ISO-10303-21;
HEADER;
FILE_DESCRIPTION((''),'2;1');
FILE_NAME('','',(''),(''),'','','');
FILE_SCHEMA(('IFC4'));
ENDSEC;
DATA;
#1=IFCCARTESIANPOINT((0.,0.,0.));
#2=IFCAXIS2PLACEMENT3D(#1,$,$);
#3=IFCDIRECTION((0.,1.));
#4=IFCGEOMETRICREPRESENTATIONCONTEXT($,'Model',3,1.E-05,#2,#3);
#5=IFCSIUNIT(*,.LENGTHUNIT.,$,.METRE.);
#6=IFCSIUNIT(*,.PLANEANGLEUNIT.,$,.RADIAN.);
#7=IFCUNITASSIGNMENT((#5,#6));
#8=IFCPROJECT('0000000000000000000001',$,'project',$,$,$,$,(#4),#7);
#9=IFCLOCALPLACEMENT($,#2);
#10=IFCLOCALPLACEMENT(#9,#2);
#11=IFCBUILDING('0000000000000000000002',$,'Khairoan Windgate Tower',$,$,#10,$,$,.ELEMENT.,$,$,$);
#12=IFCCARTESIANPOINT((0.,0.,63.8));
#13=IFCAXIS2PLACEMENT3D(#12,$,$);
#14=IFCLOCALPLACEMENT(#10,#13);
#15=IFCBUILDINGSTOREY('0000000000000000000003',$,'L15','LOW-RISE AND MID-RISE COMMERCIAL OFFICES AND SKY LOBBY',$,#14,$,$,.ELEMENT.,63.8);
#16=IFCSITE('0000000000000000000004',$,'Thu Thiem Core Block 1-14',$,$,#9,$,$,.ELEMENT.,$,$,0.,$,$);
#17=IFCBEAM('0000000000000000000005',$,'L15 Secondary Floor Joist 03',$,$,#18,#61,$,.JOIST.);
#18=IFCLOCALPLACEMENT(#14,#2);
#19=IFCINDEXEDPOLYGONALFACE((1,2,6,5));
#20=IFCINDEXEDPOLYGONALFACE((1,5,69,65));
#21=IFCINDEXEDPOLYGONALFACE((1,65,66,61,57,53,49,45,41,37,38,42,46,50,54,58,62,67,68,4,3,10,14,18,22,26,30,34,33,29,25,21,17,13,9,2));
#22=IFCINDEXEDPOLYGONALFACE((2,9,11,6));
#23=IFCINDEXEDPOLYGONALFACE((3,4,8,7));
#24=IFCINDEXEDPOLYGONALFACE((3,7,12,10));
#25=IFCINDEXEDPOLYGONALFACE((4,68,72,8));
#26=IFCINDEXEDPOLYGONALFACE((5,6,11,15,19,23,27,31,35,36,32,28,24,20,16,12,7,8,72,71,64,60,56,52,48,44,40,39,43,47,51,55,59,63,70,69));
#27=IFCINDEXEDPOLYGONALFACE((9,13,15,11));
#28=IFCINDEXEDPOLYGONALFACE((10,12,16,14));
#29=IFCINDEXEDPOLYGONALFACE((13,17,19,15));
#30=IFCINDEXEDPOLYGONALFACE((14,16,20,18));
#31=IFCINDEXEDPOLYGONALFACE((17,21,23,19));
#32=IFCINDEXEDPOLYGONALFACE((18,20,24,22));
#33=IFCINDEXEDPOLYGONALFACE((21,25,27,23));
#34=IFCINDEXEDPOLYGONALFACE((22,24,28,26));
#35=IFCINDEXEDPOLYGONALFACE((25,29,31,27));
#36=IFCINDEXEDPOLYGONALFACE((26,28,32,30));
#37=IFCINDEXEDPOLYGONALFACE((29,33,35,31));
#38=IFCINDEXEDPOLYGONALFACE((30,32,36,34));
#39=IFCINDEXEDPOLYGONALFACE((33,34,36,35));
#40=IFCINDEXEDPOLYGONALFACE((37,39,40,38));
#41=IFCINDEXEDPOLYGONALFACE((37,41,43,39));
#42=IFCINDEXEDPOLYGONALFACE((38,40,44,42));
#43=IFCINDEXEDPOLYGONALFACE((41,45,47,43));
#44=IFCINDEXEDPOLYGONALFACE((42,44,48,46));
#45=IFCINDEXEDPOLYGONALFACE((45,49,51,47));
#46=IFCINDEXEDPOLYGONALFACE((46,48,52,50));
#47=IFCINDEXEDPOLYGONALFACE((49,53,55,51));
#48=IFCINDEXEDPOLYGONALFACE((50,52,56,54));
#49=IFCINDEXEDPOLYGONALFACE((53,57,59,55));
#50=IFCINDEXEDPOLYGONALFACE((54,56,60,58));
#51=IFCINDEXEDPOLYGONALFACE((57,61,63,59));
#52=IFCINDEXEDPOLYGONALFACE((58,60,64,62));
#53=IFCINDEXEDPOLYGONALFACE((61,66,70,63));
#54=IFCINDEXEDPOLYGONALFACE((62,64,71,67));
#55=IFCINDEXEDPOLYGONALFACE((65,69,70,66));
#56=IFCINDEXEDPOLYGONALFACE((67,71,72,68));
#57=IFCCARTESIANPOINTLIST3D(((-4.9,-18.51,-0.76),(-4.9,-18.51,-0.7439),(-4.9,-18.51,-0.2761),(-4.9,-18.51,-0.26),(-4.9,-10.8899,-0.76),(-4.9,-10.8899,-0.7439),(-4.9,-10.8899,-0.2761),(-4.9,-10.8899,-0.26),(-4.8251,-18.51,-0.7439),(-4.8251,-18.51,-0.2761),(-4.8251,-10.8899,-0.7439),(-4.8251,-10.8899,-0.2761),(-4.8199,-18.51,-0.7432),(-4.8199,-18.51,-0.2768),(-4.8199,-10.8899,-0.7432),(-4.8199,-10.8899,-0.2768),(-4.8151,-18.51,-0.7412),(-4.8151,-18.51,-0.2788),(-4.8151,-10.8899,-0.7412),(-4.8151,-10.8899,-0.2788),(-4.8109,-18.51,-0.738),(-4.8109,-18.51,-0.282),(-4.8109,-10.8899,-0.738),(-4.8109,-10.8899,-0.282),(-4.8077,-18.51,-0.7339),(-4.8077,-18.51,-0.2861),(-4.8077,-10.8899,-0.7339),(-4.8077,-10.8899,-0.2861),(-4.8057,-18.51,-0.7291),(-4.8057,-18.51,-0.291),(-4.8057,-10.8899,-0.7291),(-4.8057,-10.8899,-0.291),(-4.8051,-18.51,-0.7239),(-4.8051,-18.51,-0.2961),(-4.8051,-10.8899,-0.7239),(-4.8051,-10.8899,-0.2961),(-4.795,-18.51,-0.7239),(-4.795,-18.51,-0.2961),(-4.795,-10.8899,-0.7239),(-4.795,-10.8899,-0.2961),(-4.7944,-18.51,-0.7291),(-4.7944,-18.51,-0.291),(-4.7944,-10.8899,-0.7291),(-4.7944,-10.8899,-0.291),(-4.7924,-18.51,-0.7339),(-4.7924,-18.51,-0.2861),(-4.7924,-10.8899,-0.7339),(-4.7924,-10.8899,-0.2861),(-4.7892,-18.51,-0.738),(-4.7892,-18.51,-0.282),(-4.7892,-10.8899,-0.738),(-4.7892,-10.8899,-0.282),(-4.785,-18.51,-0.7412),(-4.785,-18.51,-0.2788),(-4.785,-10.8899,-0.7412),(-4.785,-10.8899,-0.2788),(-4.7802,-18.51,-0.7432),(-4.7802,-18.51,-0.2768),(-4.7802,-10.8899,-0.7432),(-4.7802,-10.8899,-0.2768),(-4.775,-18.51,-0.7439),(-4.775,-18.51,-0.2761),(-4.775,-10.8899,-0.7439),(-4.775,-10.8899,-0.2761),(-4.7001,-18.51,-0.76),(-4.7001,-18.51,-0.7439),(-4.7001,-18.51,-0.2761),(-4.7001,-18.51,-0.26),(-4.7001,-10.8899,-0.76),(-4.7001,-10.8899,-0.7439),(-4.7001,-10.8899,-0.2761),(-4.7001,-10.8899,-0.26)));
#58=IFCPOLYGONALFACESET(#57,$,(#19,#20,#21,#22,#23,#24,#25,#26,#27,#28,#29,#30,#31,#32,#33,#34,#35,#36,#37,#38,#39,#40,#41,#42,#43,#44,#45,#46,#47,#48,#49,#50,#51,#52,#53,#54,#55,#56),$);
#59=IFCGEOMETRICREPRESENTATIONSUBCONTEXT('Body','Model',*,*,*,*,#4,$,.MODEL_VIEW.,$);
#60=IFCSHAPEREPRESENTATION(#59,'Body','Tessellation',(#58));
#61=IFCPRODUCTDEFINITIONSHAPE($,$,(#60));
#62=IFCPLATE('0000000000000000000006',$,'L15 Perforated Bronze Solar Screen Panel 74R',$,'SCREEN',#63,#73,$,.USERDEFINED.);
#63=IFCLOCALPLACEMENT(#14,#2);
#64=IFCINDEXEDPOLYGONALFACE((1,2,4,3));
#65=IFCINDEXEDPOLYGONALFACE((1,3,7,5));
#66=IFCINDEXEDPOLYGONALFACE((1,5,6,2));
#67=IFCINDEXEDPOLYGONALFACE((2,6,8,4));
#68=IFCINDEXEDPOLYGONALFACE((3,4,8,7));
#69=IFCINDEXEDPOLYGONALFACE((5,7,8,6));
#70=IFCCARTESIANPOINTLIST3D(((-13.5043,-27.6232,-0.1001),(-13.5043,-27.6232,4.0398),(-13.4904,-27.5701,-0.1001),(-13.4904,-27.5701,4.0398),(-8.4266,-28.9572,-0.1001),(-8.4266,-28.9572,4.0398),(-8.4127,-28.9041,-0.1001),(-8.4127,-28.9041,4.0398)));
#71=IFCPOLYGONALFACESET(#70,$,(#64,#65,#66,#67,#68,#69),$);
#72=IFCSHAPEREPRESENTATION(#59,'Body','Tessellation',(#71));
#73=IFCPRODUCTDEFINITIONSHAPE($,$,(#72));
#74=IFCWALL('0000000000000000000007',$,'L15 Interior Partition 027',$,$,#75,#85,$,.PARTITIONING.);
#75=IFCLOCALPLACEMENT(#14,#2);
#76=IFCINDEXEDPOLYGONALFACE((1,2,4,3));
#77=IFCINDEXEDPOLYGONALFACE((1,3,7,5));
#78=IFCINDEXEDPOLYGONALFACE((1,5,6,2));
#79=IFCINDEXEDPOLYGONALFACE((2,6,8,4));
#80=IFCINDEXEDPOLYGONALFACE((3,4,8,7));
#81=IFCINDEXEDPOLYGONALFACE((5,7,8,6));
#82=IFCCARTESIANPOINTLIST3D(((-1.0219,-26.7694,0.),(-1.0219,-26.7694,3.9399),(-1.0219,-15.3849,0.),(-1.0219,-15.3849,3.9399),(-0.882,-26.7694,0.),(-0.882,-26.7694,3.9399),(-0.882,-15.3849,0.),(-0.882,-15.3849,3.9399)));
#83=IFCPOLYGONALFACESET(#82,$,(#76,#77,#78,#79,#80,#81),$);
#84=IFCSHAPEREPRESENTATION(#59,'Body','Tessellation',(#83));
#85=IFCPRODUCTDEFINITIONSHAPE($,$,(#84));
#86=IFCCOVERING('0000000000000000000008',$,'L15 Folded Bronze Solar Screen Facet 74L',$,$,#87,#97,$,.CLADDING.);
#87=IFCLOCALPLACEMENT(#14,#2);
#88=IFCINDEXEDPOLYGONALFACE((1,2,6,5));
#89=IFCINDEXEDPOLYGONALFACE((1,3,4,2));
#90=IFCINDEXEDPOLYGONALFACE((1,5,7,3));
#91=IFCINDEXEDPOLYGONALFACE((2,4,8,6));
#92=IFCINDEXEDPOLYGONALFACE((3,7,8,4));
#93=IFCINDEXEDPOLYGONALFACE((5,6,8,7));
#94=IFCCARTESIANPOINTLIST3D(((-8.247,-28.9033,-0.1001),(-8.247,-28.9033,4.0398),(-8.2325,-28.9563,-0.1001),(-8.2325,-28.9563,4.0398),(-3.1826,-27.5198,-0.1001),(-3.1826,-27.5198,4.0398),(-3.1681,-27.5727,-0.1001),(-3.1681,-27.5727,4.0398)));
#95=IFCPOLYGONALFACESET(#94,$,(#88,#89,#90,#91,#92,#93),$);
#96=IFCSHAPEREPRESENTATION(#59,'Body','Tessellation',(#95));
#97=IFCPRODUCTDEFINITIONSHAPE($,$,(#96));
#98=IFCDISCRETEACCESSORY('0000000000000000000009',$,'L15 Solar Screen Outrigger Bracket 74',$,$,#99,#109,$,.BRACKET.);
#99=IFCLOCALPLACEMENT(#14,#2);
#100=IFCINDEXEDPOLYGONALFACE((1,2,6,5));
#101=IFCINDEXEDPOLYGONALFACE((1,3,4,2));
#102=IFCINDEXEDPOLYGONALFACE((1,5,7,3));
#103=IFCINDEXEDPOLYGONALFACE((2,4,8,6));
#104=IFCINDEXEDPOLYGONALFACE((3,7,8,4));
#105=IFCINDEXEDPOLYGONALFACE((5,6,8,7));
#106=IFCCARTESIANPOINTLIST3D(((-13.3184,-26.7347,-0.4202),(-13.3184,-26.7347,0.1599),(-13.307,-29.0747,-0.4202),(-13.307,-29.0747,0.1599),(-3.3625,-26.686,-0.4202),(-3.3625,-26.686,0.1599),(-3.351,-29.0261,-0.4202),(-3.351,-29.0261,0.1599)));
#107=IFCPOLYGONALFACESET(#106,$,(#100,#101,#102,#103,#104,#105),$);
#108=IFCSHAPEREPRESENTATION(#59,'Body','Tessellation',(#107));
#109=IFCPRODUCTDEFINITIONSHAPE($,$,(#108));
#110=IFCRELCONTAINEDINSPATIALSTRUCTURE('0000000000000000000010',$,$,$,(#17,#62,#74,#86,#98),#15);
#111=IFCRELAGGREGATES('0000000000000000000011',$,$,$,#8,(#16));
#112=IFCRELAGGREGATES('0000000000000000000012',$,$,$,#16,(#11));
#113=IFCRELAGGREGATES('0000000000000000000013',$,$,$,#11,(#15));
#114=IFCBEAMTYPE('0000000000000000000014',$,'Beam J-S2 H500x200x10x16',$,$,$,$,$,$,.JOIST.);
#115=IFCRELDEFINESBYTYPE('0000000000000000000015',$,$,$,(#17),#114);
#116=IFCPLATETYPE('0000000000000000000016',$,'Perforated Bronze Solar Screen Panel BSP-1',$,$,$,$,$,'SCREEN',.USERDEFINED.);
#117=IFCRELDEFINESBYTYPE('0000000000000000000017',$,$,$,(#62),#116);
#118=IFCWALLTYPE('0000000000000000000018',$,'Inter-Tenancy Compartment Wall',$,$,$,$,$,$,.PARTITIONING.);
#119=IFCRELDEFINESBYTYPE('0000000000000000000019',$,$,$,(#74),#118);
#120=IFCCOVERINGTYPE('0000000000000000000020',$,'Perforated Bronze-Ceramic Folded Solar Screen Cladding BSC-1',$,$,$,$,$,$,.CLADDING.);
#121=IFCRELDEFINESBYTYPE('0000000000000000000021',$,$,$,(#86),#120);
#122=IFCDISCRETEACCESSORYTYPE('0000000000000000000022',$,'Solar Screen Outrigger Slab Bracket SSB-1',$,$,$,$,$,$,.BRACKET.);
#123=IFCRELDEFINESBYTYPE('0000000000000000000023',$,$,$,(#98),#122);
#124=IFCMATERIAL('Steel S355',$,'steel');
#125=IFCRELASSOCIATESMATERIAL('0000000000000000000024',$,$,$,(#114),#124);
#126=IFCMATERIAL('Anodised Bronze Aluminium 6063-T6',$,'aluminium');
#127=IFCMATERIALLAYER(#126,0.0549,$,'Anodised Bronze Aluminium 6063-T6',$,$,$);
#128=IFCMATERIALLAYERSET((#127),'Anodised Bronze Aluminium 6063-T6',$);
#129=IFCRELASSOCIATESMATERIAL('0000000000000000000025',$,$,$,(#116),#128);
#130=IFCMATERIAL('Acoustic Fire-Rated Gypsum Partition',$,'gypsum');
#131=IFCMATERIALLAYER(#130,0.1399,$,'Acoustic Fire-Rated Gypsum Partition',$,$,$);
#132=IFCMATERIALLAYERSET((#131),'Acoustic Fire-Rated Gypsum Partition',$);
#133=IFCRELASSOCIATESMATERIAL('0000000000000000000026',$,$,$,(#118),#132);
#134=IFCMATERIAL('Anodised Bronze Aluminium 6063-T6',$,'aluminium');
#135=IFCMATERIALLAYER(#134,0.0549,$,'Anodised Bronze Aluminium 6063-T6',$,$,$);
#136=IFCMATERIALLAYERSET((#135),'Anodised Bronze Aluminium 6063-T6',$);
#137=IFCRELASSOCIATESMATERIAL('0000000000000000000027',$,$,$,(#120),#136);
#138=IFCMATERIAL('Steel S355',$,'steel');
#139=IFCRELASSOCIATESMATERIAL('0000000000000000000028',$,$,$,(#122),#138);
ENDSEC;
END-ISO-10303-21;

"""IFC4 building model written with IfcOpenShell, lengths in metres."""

from ifc_helpers import new_model, si_unit, direction, frame, frame_2d, origin, origin_2d, place, context, subcontext, project, spatial, rectangle, i_section, extrude, material, layer, layer_set, material_profile, profile_set, type_object, element, save


model = new_model("IFC4")

# Units and contexts
model_context = context("Model", 3, precision=1e-05, world=origin(), true_north=direction((0.0, 1.0)))
body_context = subcontext(model_context, "Body", "Model", "MODEL_VIEW")
ifc_project = project(units=[si_unit("LENGTHUNIT", "METRE"), si_unit("PLANEANGLEUNIT", "RADIAN")], contexts=[model_context])

# Site, building, storey
site_placement = place(None, origin())
site = spatial("IfcSite", under=ifc_project, at=site_placement, Name="Thu Thiem Core Block 1-14", CompositionType="ELEMENT", RefElevation=0.0)
building_placement = place(site_placement, origin())
building = spatial("IfcBuilding", under=site, at=building_placement, Name="Khairoan Windgate Tower", CompositionType="ELEMENT")
storey_placement = place(building_placement, frame((0.0, 0.0, 63.8)))
storey = spatial("IfcBuildingStorey", under=building, at=storey_placement, Name="L15", Description="LOW-RISE AND MID-RISE COMMERCIAL OFFICES AND SKY LOBBY", CompositionType="ELEMENT", Elevation=63.8)

# Beam
ifc_material_1 = material(Name="Steel S355", Category="steel")
ifc_material_profile_1 = material_profile(ifc_material_1, i_section(OverallWidth=0.2, OverallDepth=0.5, WebThickness=0.01, FlangeThickness=0.0161, FilletRadius=0.02, at=origin_2d()))
ifc_profile_set_1 = profile_set([ifc_material_profile_1], Name="Steel S355")
beam_type_1 = type_object("IfcBeamType", Name="Beam J-S2 H500x200x10x16", PredefinedType="JOIST", material=ifc_profile_set_1)
beam_1_placement = place(storey_placement, frame((-4.8, -18.51, -0.51), z_axis=(0.0, 1.0, 0.0), x_axis=(-1.0, 0.0, 0.0)))
element("IfcBeam", 1, at=beam_1_placement, inside=storey, type_object=beam_type_1, Name="L15 Secondary Floor Joist 03", PredefinedType="JOIST", context=body_context, shape_type="SweptSolid", body=[
    extrude(i_section(OverallWidth=0.2, OverallDepth=0.5, WebThickness=0.01, FlangeThickness=0.0161, FilletRadius=0.02, at=origin_2d()), origin(), (0.0, 0.0, 1.0), 7.6201),
])

# Plate
ifc_material_2 = material(Name="Anodised Bronze Aluminium 6063-T6", Category="aluminium")
ifc_layer_1 = layer(ifc_material_2, 0.0549, Name="Anodised Bronze Aluminium 6063-T6")
ifc_layer_set_1 = layer_set([ifc_layer_1], Name="Anodised Bronze Aluminium 6063-T6")
plate_type = type_object("IfcPlateType", Name="Perforated Bronze Solar Screen Panel BSP-1", ElementType="SCREEN", PredefinedType="USERDEFINED", material=ifc_layer_set_1)
plate_placement = place(storey_placement, frame((-10.9585, -28.2637, -0.1001), z_axis=(0.0, 0.0, 1.0), x_axis=(-0.967179, 0.254096, 0.0)))
element("IfcPlate", 2, at=plate_placement, inside=storey, type_object=plate_type, Name="L15 Perforated Bronze Solar Screen Panel 74R", ObjectType="SCREEN", PredefinedType="USERDEFINED", context=body_context, shape_type="SweptSolid", body=[
    extrude(rectangle(XDim=5.25, YDim=0.0549, at=origin_2d()), origin(), (0.0, 0.0, 1.0), 4.1399),
])

# Wall
ifc_material_3 = material(Name="Acoustic Fire-Rated Gypsum Partition", Category="gypsum")
ifc_layer_2 = layer(ifc_material_3, 0.1399, Name="Acoustic Fire-Rated Gypsum Partition")
ifc_layer_set_2 = layer_set([ifc_layer_2], Name="Acoustic Fire-Rated Gypsum Partition")
wall_type = type_object("IfcWallType", Name="Inter-Tenancy Compartment Wall", PredefinedType="PARTITIONING", material=ifc_layer_set_2)
wall_placement = place(storey_placement, frame((-0.9519, -26.7695, 0.0), z_axis=(0.0, 0.0, 1.0), x_axis=(0.0, 1.0, 0.0)))
element("IfcWall", 3, at=wall_placement, inside=storey, type_object=wall_type, Name="L15 Interior Partition 027", PredefinedType="PARTITIONING", context=body_context, shape_type="SweptSolid", body=[
    extrude(rectangle(XDim=11.3845, YDim=0.1399, at=frame_2d((5.6924, 0.0))), origin(), (0.0, 0.0, 1.0), 3.9399),
])

# Covering
ifc_material_4 = material(Name="Anodised Bronze Aluminium 6063-T6", Category="aluminium")
ifc_layer_3 = layer(ifc_material_4, 0.0549, Name="Anodised Bronze Aluminium 6063-T6")
ifc_layer_set_3 = layer_set([ifc_layer_3], Name="Anodised Bronze Aluminium 6063-T6")
covering_type = type_object("IfcCoveringType", Name="Perforated Bronze-Ceramic Folded Solar Screen Cladding BSC-1", PredefinedType="CLADDING", material=ifc_layer_set_3)
covering_placement = place(storey_placement, frame((-5.7075, -28.238, -0.1001), z_axis=(0.0, 0.0, 1.0), x_axis=(-0.964649, -0.263536, 0.0)))
element("IfcCovering", 4, at=covering_placement, inside=storey, type_object=covering_type, Name="L15 Folded Bronze Solar Screen Facet 74L", PredefinedType="CLADDING", context=body_context, shape_type="SweptSolid", body=[
    extrude(rectangle(XDim=5.25, YDim=0.0549, at=origin_2d()), origin(), (0.0, 0.0, 1.0), 4.1399),
])

# Discrete accessory
ifc_material_5 = material(Name="Steel S355", Category="steel")
discrete_accessory_type = type_object("IfcDiscreteAccessoryType", Name="Solar Screen Outrigger Slab Bracket SSB-1", PredefinedType="BRACKET", material=ifc_material_5)
discrete_accessory_placement = place(storey_placement, frame((-8.3347, -27.8804, -0.4202), z_axis=(0.0, 0.0, 1.0), x_axis=(-0.999988, -0.004887, 0.0)))
element("IfcDiscreteAccessory", 5, at=discrete_accessory_placement, inside=storey, type_object=discrete_accessory_type, Name="L15 Solar Screen Outrigger Bracket 74", PredefinedType="BRACKET", context=body_context, shape_type="SweptSolid", body=[
    extrude(rectangle(XDim=9.9561, YDim=2.3401, at=origin_2d()), origin(), (0.0, 0.0, 1.0), 0.5801),
])

save(model, "model.ifc")
